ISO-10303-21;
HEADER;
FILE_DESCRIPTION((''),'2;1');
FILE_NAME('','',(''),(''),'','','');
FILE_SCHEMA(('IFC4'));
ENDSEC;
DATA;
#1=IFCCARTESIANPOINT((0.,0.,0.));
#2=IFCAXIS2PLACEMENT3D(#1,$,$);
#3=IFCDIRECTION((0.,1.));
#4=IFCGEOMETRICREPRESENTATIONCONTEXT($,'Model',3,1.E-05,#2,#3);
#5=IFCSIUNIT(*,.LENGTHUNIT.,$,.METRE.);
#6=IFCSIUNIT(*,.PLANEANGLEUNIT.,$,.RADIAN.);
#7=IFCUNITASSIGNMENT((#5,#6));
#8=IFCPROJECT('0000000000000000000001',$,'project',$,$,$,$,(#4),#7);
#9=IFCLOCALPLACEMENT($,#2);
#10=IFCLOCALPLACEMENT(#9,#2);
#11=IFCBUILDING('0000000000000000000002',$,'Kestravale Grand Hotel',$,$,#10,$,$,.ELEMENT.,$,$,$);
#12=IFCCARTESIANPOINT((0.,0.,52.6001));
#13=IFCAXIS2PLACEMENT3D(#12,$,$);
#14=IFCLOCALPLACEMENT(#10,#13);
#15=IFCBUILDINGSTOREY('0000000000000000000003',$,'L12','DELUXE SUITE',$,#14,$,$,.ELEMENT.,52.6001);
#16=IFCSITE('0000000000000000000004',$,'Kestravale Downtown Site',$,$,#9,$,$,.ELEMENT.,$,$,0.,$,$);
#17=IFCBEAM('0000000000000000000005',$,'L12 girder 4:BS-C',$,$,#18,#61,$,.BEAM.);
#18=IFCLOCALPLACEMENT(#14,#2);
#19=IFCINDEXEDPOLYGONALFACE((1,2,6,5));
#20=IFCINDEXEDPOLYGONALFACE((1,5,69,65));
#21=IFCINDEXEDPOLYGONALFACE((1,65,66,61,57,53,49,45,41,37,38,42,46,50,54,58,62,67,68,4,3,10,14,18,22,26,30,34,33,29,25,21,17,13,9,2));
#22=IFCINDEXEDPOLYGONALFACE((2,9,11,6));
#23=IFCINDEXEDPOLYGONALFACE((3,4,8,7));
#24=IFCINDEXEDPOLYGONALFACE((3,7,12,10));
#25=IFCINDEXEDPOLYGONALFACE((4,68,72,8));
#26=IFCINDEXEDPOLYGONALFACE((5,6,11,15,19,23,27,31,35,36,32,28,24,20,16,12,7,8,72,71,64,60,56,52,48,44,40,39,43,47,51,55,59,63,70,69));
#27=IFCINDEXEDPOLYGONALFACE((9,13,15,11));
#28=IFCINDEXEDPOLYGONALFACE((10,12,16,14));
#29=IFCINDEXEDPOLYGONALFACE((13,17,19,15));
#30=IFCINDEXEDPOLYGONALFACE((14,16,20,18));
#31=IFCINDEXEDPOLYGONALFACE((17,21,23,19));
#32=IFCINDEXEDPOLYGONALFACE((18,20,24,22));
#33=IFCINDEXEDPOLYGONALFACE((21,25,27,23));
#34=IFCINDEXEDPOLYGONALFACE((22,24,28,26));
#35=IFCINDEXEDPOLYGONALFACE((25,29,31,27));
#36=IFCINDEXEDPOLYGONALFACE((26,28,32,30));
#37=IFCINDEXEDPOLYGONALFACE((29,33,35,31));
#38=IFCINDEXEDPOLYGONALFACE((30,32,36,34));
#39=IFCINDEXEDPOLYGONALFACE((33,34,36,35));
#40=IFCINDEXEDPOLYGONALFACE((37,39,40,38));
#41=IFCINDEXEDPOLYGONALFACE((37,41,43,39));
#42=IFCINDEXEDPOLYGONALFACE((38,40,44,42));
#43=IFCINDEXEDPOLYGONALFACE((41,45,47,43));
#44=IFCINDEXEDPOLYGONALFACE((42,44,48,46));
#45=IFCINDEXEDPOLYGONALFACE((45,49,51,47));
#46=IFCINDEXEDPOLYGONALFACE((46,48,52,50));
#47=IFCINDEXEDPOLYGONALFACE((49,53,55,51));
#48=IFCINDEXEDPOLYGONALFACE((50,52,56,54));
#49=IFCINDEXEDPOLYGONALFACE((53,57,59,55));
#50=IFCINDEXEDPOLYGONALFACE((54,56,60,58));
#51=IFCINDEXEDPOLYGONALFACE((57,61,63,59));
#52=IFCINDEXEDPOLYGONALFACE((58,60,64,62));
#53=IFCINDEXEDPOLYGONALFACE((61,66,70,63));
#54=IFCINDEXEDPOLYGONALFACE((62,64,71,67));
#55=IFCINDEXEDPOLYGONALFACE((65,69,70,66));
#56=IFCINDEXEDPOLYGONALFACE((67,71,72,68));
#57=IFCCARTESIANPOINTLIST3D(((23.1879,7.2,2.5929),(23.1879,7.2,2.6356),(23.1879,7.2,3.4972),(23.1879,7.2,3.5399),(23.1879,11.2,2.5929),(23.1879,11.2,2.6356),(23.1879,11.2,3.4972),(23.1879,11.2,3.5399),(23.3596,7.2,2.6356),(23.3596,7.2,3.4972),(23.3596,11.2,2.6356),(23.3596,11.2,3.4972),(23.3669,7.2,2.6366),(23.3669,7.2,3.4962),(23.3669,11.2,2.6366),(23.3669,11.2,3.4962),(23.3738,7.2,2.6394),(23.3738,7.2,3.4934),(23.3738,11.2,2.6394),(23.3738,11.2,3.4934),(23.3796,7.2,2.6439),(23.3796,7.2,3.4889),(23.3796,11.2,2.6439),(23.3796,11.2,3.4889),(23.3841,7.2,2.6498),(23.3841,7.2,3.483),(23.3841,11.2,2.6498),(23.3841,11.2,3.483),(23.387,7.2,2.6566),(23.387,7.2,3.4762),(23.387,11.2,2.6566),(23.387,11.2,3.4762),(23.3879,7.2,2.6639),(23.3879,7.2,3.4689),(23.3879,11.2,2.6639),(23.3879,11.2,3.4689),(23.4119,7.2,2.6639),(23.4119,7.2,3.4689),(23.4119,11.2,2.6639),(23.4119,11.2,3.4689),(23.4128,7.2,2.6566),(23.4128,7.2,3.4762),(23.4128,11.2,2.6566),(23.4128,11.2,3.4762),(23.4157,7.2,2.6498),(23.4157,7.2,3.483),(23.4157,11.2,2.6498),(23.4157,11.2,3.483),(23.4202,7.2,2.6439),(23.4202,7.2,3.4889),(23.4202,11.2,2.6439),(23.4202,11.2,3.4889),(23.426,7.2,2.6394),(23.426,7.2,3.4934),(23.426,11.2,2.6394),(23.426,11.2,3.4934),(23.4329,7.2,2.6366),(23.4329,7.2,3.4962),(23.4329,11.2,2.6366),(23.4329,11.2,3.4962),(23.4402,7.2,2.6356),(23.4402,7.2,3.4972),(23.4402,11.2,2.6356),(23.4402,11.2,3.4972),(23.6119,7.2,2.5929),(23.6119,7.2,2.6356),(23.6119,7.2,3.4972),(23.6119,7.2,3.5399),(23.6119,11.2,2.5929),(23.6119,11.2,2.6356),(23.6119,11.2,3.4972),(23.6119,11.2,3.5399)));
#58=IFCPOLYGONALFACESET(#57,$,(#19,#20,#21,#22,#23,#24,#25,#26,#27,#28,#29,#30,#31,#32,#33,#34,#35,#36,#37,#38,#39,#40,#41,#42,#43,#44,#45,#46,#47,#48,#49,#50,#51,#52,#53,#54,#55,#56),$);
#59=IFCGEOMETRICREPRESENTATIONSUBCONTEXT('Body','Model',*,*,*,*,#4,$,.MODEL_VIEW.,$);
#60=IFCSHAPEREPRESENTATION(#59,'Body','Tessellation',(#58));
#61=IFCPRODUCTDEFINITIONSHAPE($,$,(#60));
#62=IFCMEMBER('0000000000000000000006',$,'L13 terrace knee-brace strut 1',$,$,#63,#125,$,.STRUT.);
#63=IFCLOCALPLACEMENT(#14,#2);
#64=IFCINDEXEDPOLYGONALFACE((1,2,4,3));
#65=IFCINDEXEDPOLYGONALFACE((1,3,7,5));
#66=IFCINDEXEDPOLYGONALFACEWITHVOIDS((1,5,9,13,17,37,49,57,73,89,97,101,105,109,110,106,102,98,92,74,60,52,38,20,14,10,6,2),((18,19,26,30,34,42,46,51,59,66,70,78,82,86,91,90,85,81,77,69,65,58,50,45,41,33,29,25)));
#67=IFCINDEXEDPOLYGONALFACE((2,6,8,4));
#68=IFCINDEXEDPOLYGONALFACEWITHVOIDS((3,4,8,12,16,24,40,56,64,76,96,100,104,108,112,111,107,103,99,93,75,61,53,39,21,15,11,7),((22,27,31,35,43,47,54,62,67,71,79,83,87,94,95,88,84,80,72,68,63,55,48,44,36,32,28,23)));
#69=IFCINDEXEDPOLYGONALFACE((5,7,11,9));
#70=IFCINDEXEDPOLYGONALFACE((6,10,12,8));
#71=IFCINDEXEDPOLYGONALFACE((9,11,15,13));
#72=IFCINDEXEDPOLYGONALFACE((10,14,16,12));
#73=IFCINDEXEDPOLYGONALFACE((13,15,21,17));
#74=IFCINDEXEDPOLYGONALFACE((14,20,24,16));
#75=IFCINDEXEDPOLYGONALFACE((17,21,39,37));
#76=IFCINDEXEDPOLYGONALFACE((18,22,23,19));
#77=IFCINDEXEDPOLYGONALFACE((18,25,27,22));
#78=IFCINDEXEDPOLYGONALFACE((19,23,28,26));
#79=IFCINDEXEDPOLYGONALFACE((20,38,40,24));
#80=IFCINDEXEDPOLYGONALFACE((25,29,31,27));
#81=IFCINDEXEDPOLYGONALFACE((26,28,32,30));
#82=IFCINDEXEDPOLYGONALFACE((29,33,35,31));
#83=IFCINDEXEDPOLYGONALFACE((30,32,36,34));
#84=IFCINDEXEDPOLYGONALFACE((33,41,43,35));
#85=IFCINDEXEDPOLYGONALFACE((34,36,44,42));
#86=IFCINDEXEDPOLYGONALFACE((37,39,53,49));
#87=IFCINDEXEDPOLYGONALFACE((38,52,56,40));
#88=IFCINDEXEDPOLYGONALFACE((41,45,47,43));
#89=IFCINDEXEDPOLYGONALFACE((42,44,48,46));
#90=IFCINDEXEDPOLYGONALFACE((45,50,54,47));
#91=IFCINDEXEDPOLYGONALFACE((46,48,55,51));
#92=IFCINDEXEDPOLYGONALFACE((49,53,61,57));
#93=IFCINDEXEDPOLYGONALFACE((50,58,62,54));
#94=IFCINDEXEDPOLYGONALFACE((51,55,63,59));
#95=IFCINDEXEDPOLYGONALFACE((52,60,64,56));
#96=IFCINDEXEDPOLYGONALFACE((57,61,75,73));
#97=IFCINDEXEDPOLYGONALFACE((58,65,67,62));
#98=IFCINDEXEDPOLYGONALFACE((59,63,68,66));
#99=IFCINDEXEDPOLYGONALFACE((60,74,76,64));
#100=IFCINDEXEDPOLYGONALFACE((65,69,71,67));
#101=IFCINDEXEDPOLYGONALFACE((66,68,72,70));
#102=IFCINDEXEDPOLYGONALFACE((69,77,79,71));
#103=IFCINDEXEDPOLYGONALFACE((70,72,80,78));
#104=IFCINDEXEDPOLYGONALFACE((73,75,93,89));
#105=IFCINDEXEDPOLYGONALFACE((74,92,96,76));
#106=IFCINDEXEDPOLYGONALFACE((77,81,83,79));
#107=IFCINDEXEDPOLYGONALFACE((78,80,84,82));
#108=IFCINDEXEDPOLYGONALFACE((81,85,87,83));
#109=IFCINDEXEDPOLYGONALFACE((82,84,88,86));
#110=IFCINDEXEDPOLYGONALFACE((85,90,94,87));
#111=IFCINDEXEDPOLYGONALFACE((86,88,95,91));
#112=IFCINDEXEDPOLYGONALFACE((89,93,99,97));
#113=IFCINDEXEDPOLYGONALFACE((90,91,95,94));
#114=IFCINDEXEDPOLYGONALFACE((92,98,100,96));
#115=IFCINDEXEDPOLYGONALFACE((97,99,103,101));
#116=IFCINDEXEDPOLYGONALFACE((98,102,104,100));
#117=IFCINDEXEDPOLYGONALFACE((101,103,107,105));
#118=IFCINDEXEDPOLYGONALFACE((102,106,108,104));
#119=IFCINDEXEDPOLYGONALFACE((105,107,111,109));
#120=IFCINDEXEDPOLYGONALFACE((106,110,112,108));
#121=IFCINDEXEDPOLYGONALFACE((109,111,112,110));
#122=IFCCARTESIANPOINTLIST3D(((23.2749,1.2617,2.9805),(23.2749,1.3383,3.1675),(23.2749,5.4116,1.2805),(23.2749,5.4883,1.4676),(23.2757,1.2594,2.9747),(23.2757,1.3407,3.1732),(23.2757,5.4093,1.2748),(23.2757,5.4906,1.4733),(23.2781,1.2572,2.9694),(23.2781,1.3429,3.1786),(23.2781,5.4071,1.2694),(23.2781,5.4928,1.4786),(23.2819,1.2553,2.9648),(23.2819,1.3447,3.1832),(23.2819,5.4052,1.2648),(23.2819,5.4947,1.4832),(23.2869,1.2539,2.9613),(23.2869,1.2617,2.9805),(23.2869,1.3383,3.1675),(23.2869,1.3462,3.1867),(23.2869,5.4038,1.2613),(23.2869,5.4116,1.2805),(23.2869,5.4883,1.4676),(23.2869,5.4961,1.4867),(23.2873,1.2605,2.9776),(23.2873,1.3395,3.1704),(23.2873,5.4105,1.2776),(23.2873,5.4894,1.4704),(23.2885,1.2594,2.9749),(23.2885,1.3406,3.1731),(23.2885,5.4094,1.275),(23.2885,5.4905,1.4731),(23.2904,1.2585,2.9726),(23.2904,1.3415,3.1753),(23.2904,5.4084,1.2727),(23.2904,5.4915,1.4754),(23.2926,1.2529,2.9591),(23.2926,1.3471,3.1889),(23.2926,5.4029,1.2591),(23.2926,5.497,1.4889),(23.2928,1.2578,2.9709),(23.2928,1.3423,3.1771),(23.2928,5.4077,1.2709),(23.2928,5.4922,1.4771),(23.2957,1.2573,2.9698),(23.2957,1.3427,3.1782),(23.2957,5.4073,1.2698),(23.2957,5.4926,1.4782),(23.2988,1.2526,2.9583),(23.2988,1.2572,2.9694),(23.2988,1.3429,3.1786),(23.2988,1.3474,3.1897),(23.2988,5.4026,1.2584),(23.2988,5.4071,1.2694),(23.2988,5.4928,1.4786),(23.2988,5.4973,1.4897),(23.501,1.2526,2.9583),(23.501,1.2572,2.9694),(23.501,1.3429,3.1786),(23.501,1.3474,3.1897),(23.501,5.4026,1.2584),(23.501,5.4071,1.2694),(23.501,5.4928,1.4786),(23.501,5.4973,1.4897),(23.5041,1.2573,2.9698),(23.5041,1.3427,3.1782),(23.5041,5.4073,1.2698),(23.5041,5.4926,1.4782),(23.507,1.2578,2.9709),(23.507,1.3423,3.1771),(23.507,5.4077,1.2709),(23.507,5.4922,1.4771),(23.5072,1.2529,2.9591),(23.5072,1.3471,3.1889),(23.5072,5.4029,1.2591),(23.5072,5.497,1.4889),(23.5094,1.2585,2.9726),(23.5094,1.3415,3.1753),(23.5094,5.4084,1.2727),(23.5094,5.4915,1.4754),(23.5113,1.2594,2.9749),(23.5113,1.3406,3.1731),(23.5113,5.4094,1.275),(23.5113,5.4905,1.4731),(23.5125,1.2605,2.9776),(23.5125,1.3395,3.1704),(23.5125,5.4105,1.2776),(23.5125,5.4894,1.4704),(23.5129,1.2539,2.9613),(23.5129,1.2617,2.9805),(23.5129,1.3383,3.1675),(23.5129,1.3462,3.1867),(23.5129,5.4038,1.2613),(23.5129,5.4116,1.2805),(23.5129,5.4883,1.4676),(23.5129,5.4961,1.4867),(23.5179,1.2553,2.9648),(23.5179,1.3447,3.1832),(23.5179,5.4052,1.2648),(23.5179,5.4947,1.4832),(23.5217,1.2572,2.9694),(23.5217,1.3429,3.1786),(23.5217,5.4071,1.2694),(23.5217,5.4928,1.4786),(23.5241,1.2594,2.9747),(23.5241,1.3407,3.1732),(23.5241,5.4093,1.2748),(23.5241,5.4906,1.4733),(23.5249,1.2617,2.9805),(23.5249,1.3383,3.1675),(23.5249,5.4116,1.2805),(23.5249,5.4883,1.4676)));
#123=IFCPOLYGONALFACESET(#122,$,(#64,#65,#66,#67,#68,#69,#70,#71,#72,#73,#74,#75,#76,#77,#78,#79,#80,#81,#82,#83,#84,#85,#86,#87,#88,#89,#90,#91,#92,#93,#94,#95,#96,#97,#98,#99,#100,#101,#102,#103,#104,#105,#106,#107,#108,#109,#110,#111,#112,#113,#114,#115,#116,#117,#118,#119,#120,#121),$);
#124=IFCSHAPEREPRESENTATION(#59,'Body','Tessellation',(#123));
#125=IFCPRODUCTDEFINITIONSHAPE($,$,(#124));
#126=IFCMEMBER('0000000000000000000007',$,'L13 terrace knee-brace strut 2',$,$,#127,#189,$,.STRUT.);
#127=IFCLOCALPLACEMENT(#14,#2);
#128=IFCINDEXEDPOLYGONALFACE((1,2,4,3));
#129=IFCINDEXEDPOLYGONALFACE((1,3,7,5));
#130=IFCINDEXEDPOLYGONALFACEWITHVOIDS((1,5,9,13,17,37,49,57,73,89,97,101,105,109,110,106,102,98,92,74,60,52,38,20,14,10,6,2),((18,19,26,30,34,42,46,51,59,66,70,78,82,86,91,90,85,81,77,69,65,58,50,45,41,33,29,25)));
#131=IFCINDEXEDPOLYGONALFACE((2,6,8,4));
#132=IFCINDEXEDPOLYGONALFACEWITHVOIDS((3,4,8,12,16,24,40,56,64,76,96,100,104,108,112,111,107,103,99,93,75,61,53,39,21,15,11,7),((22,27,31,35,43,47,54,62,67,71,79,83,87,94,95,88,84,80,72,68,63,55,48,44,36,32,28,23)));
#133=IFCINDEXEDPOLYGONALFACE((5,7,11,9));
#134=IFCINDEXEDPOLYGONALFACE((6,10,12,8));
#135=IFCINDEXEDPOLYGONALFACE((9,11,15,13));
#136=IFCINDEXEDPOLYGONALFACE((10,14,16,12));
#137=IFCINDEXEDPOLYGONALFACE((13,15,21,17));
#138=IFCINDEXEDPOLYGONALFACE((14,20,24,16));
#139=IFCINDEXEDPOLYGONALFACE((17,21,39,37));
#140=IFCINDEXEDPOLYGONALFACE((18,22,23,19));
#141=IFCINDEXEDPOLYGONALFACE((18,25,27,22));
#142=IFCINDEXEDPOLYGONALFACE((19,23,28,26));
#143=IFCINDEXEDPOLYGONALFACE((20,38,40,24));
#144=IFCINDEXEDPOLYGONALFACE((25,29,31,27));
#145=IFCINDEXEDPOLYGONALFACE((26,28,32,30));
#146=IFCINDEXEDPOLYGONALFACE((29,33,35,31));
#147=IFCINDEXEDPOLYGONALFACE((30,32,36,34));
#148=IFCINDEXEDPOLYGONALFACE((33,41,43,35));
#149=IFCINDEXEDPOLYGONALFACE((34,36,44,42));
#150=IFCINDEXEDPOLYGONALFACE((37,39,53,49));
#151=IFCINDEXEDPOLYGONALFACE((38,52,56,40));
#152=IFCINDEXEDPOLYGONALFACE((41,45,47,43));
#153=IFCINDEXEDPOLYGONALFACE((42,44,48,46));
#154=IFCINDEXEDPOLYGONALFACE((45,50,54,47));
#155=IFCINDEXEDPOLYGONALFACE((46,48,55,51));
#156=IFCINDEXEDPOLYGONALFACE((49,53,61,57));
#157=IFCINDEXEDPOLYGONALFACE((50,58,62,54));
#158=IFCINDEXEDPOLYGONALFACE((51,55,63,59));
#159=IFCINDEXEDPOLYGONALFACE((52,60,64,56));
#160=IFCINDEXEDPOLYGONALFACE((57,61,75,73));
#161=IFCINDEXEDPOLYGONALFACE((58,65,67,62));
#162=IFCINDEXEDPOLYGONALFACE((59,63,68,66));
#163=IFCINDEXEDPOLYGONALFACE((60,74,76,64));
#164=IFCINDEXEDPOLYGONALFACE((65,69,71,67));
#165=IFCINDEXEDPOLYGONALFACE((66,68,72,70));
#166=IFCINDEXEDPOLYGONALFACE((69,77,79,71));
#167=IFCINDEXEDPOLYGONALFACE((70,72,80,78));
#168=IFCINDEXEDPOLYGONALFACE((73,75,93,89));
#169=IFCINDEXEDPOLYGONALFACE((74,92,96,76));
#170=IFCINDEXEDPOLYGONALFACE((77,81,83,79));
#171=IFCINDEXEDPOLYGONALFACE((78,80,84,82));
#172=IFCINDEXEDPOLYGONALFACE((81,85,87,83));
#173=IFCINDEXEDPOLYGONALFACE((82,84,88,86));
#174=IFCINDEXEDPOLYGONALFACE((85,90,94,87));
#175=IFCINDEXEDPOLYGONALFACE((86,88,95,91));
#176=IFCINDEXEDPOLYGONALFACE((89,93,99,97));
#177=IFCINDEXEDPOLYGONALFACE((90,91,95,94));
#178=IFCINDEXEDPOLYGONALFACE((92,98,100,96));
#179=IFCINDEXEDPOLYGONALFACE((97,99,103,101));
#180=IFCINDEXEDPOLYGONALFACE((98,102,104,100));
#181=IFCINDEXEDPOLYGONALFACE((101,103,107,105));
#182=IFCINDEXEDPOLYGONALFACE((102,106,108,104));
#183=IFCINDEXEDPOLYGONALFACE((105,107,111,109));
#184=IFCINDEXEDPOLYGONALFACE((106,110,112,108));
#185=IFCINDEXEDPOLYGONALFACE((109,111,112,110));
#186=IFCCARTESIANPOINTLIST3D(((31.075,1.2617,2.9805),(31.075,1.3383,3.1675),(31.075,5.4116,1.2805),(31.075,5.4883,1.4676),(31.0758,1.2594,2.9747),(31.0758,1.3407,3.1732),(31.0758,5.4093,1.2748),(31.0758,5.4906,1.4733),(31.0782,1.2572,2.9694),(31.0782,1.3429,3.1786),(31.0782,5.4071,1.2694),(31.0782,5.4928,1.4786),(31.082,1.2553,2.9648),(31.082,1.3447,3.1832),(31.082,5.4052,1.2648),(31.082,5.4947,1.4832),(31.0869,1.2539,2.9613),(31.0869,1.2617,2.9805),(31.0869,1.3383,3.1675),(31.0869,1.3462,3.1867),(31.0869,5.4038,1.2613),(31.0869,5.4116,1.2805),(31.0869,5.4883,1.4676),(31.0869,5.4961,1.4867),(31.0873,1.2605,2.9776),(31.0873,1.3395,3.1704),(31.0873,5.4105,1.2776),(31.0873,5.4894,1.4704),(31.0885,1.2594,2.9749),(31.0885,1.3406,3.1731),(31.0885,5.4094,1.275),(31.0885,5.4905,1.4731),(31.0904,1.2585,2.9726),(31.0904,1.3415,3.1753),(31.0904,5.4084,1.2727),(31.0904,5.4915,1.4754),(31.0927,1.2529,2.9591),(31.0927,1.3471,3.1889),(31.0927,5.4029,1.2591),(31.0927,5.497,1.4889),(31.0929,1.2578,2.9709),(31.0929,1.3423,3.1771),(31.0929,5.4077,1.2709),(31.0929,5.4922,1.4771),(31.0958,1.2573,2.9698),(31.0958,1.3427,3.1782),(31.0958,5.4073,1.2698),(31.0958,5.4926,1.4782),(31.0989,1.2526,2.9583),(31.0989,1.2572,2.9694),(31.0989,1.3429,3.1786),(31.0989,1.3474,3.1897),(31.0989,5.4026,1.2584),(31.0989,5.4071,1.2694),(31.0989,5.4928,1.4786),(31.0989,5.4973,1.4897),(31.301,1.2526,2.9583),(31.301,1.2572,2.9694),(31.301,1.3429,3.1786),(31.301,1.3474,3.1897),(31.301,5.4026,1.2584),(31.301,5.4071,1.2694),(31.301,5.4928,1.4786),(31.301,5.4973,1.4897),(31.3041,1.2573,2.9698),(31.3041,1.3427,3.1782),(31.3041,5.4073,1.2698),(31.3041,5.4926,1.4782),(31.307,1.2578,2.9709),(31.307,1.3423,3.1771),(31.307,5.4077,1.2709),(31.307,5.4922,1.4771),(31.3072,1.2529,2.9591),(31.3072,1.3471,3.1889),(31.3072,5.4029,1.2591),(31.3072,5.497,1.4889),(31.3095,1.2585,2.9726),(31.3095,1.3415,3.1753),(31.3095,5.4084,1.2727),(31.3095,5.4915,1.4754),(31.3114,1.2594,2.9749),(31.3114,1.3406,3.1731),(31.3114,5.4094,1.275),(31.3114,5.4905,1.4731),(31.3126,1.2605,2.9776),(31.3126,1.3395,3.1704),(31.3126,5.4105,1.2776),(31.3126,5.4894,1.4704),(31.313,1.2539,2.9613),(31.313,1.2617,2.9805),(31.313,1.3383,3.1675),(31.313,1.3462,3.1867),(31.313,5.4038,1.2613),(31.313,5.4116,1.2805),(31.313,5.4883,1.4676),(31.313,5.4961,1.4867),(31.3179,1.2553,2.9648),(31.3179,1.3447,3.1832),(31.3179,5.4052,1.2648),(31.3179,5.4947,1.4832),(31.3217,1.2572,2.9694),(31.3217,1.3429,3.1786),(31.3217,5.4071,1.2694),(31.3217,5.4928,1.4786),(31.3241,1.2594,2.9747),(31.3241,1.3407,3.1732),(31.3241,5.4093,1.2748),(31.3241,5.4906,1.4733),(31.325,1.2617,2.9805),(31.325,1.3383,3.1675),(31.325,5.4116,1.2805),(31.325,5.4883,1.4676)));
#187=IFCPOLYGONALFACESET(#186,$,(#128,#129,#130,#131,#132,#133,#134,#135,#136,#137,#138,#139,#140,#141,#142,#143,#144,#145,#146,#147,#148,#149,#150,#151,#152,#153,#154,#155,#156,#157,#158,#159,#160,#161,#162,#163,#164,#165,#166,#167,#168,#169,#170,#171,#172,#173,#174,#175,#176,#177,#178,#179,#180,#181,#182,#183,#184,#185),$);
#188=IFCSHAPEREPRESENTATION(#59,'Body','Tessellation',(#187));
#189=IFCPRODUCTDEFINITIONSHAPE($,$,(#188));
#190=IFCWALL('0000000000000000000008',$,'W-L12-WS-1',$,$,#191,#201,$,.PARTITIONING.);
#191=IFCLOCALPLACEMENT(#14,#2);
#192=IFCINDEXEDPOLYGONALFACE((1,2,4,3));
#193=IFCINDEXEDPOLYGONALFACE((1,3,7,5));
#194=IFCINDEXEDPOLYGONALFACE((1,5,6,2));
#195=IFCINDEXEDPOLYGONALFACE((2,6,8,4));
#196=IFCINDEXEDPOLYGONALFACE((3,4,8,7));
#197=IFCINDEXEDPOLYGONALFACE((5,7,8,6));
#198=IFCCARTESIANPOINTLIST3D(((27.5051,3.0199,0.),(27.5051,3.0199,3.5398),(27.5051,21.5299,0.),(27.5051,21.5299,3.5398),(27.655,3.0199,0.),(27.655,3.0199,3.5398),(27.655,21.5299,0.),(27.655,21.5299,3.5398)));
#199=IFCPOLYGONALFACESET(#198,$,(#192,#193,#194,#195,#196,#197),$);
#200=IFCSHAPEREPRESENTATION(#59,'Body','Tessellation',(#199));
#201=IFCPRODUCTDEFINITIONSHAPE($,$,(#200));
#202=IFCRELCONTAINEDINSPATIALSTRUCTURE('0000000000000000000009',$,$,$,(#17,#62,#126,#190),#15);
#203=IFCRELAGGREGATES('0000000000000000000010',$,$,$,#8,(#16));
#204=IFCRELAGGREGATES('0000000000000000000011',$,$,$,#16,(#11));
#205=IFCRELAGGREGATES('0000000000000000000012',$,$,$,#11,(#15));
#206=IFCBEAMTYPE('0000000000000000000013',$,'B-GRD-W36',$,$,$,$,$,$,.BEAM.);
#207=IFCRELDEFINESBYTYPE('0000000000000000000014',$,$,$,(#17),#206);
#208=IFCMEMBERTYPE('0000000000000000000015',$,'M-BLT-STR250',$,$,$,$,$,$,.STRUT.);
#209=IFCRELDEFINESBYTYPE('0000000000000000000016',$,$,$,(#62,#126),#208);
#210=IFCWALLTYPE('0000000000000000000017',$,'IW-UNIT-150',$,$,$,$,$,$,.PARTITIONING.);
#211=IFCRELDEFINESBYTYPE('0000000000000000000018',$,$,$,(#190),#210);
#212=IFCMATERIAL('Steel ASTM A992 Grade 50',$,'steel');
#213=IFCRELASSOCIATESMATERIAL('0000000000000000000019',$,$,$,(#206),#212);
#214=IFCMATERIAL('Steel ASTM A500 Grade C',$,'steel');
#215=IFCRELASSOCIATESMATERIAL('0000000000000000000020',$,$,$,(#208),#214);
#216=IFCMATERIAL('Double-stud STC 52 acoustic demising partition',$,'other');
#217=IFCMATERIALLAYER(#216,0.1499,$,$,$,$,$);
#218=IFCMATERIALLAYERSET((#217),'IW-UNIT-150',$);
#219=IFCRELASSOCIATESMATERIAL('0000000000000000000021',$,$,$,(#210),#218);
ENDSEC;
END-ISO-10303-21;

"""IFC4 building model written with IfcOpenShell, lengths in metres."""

from ifc_helpers import new_model, si_unit, direction, frame, frame_2d, origin, origin_2d, place, context, subcontext, project, spatial, rectangle, hollow_rectangle, i_section, extrude, material, layer, layer_set, material_profile, profile_set, type_object, element, save


model = new_model("IFC4")

# Units and contexts
model_context = context("Model", 3, precision=1e-05, world=origin(), true_north=direction((0.0, 1.0)))
body_context = subcontext(model_context, "Body", "Model", "MODEL_VIEW")
ifc_project = project(units=[si_unit("LENGTHUNIT", "METRE"), si_unit("PLANEANGLEUNIT", "RADIAN")], contexts=[model_context])

# Site, building, storey
site_placement = place(None, origin())
site = spatial("IfcSite", under=ifc_project, at=site_placement, Name="Kestravale Downtown Site", CompositionType="ELEMENT", RefElevation=0.0)
building_placement = place(site_placement, origin())
building = spatial("IfcBuilding", under=site, at=building_placement, Name="Kestravale Grand Hotel", CompositionType="ELEMENT")
storey_placement = place(building_placement, frame((0.0, 0.0, 52.6001)))
storey = spatial("IfcBuildingStorey", under=building, at=storey_placement, Name="L12", Description="DELUXE SUITE", CompositionType="ELEMENT", Elevation=52.6001)

# Beam
ifc_material_1 = material(Name="Steel ASTM A992 Grade 50", Category="steel")
ifc_material_profile_1 = material_profile(ifc_material_1, i_section(OverallWidth=0.4241, OverallDepth=0.947, WebThickness=0.0239, FlangeThickness=0.0427, FilletRadius=0.0283, at=origin_2d()))
ifc_profile_set_1 = profile_set([ifc_material_profile_1], Name="Steel ASTM A992 Grade 50")
beam_type_1 = type_object("IfcBeamType", Name="B-GRD-W36", PredefinedType="BEAM", material=ifc_profile_set_1)
beam_1_placement = place(storey_placement, frame((23.3999, 7.2, 3.0664), z_axis=(0.0, 1.0, 0.0), x_axis=(-1.0, 0.0, 0.0)))
element("IfcBeam", 1, at=beam_1_placement, inside=storey, type_object=beam_type_1, Name="L12 girder 4:BS-C", PredefinedType="BEAM", context=body_context, shape_type="SweptSolid", body=[
    extrude(i_section(OverallWidth=0.4241, OverallDepth=0.947, WebThickness=0.0239, FlangeThickness=0.0427, FilletRadius=0.0283, at=origin_2d()), origin(), (0.0, 0.0, 1.0), 4.0),
])

# Members
ifc_material_2 = material(Name="Steel ASTM A500 Grade C", Category="steel")
ifc_material_profile_2 = material_profile(ifc_material_2, hollow_rectangle(XDim=0.25, YDim=0.25, WallThickness=0.012, InnerFilletRadius=0.012, OuterFilletRadius=0.0239, at=origin_2d()))
ifc_profile_set_2 = profile_set([ifc_material_profile_2], Name="Steel ASTM A500 Grade C")
member_type = type_object("IfcMemberType", Name="M-BLT-STR250", PredefinedType="STRUT", material=ifc_profile_set_2)
for number, where, z_axis, x_axis, name in (
    (2, (23.3999, 5.45, 1.374), (0.0, -0.92537, 0.379065), (1.0, 0.0, 0.0), "L13 terrace knee-brace strut 1"),
    (3, (31.2, 5.45, 1.374), (0.0, -0.92537, 0.379065), (1.0, 0.0, 0.0), "L13 terrace knee-brace strut 2"),
):
    element("IfcMember", number, at=place(storey_placement, frame(where, z_axis=z_axis, x_axis=x_axis)), inside=storey, type_object=member_type, Name=name, PredefinedType="STRUT", context=body_context, shape_type="SweptSolid", body=[
        extrude(hollow_rectangle(XDim=0.25, YDim=0.25, WallThickness=0.012, InnerFilletRadius=0.012, OuterFilletRadius=0.0239, at=origin_2d()), origin(), (0.0, 0.0, 1.0), 4.4846),
    ])

# Wall
ifc_material_3 = material(Name="Double-stud STC 52 acoustic demising partition", Category="other")
ifc_layer = layer(ifc_material_3, 0.1499)
ifc_layer_set = layer_set([ifc_layer], Name="IW-UNIT-150")
wall_type = type_object("IfcWallType", Name="IW-UNIT-150", PredefinedType="PARTITIONING", material=ifc_layer_set)
wall_1_placement = place(storey_placement, frame((27.5801, 3.02, 0.0), z_axis=(0.0, 0.0, 1.0), x_axis=(0.0, 1.0, 0.0)))
element("IfcWall", 4, at=wall_1_placement, inside=storey, type_object=wall_type, Name="W-L12-WS-1", PredefinedType="PARTITIONING", context=body_context, shape_type="SweptSolid", body=[
    extrude(rectangle(XDim=18.51, YDim=0.1499, at=frame_2d((9.2549, 0.0))), origin(), (0.0, 0.0, 1.0), 3.5398),
])

save(model, "model.ifc")
